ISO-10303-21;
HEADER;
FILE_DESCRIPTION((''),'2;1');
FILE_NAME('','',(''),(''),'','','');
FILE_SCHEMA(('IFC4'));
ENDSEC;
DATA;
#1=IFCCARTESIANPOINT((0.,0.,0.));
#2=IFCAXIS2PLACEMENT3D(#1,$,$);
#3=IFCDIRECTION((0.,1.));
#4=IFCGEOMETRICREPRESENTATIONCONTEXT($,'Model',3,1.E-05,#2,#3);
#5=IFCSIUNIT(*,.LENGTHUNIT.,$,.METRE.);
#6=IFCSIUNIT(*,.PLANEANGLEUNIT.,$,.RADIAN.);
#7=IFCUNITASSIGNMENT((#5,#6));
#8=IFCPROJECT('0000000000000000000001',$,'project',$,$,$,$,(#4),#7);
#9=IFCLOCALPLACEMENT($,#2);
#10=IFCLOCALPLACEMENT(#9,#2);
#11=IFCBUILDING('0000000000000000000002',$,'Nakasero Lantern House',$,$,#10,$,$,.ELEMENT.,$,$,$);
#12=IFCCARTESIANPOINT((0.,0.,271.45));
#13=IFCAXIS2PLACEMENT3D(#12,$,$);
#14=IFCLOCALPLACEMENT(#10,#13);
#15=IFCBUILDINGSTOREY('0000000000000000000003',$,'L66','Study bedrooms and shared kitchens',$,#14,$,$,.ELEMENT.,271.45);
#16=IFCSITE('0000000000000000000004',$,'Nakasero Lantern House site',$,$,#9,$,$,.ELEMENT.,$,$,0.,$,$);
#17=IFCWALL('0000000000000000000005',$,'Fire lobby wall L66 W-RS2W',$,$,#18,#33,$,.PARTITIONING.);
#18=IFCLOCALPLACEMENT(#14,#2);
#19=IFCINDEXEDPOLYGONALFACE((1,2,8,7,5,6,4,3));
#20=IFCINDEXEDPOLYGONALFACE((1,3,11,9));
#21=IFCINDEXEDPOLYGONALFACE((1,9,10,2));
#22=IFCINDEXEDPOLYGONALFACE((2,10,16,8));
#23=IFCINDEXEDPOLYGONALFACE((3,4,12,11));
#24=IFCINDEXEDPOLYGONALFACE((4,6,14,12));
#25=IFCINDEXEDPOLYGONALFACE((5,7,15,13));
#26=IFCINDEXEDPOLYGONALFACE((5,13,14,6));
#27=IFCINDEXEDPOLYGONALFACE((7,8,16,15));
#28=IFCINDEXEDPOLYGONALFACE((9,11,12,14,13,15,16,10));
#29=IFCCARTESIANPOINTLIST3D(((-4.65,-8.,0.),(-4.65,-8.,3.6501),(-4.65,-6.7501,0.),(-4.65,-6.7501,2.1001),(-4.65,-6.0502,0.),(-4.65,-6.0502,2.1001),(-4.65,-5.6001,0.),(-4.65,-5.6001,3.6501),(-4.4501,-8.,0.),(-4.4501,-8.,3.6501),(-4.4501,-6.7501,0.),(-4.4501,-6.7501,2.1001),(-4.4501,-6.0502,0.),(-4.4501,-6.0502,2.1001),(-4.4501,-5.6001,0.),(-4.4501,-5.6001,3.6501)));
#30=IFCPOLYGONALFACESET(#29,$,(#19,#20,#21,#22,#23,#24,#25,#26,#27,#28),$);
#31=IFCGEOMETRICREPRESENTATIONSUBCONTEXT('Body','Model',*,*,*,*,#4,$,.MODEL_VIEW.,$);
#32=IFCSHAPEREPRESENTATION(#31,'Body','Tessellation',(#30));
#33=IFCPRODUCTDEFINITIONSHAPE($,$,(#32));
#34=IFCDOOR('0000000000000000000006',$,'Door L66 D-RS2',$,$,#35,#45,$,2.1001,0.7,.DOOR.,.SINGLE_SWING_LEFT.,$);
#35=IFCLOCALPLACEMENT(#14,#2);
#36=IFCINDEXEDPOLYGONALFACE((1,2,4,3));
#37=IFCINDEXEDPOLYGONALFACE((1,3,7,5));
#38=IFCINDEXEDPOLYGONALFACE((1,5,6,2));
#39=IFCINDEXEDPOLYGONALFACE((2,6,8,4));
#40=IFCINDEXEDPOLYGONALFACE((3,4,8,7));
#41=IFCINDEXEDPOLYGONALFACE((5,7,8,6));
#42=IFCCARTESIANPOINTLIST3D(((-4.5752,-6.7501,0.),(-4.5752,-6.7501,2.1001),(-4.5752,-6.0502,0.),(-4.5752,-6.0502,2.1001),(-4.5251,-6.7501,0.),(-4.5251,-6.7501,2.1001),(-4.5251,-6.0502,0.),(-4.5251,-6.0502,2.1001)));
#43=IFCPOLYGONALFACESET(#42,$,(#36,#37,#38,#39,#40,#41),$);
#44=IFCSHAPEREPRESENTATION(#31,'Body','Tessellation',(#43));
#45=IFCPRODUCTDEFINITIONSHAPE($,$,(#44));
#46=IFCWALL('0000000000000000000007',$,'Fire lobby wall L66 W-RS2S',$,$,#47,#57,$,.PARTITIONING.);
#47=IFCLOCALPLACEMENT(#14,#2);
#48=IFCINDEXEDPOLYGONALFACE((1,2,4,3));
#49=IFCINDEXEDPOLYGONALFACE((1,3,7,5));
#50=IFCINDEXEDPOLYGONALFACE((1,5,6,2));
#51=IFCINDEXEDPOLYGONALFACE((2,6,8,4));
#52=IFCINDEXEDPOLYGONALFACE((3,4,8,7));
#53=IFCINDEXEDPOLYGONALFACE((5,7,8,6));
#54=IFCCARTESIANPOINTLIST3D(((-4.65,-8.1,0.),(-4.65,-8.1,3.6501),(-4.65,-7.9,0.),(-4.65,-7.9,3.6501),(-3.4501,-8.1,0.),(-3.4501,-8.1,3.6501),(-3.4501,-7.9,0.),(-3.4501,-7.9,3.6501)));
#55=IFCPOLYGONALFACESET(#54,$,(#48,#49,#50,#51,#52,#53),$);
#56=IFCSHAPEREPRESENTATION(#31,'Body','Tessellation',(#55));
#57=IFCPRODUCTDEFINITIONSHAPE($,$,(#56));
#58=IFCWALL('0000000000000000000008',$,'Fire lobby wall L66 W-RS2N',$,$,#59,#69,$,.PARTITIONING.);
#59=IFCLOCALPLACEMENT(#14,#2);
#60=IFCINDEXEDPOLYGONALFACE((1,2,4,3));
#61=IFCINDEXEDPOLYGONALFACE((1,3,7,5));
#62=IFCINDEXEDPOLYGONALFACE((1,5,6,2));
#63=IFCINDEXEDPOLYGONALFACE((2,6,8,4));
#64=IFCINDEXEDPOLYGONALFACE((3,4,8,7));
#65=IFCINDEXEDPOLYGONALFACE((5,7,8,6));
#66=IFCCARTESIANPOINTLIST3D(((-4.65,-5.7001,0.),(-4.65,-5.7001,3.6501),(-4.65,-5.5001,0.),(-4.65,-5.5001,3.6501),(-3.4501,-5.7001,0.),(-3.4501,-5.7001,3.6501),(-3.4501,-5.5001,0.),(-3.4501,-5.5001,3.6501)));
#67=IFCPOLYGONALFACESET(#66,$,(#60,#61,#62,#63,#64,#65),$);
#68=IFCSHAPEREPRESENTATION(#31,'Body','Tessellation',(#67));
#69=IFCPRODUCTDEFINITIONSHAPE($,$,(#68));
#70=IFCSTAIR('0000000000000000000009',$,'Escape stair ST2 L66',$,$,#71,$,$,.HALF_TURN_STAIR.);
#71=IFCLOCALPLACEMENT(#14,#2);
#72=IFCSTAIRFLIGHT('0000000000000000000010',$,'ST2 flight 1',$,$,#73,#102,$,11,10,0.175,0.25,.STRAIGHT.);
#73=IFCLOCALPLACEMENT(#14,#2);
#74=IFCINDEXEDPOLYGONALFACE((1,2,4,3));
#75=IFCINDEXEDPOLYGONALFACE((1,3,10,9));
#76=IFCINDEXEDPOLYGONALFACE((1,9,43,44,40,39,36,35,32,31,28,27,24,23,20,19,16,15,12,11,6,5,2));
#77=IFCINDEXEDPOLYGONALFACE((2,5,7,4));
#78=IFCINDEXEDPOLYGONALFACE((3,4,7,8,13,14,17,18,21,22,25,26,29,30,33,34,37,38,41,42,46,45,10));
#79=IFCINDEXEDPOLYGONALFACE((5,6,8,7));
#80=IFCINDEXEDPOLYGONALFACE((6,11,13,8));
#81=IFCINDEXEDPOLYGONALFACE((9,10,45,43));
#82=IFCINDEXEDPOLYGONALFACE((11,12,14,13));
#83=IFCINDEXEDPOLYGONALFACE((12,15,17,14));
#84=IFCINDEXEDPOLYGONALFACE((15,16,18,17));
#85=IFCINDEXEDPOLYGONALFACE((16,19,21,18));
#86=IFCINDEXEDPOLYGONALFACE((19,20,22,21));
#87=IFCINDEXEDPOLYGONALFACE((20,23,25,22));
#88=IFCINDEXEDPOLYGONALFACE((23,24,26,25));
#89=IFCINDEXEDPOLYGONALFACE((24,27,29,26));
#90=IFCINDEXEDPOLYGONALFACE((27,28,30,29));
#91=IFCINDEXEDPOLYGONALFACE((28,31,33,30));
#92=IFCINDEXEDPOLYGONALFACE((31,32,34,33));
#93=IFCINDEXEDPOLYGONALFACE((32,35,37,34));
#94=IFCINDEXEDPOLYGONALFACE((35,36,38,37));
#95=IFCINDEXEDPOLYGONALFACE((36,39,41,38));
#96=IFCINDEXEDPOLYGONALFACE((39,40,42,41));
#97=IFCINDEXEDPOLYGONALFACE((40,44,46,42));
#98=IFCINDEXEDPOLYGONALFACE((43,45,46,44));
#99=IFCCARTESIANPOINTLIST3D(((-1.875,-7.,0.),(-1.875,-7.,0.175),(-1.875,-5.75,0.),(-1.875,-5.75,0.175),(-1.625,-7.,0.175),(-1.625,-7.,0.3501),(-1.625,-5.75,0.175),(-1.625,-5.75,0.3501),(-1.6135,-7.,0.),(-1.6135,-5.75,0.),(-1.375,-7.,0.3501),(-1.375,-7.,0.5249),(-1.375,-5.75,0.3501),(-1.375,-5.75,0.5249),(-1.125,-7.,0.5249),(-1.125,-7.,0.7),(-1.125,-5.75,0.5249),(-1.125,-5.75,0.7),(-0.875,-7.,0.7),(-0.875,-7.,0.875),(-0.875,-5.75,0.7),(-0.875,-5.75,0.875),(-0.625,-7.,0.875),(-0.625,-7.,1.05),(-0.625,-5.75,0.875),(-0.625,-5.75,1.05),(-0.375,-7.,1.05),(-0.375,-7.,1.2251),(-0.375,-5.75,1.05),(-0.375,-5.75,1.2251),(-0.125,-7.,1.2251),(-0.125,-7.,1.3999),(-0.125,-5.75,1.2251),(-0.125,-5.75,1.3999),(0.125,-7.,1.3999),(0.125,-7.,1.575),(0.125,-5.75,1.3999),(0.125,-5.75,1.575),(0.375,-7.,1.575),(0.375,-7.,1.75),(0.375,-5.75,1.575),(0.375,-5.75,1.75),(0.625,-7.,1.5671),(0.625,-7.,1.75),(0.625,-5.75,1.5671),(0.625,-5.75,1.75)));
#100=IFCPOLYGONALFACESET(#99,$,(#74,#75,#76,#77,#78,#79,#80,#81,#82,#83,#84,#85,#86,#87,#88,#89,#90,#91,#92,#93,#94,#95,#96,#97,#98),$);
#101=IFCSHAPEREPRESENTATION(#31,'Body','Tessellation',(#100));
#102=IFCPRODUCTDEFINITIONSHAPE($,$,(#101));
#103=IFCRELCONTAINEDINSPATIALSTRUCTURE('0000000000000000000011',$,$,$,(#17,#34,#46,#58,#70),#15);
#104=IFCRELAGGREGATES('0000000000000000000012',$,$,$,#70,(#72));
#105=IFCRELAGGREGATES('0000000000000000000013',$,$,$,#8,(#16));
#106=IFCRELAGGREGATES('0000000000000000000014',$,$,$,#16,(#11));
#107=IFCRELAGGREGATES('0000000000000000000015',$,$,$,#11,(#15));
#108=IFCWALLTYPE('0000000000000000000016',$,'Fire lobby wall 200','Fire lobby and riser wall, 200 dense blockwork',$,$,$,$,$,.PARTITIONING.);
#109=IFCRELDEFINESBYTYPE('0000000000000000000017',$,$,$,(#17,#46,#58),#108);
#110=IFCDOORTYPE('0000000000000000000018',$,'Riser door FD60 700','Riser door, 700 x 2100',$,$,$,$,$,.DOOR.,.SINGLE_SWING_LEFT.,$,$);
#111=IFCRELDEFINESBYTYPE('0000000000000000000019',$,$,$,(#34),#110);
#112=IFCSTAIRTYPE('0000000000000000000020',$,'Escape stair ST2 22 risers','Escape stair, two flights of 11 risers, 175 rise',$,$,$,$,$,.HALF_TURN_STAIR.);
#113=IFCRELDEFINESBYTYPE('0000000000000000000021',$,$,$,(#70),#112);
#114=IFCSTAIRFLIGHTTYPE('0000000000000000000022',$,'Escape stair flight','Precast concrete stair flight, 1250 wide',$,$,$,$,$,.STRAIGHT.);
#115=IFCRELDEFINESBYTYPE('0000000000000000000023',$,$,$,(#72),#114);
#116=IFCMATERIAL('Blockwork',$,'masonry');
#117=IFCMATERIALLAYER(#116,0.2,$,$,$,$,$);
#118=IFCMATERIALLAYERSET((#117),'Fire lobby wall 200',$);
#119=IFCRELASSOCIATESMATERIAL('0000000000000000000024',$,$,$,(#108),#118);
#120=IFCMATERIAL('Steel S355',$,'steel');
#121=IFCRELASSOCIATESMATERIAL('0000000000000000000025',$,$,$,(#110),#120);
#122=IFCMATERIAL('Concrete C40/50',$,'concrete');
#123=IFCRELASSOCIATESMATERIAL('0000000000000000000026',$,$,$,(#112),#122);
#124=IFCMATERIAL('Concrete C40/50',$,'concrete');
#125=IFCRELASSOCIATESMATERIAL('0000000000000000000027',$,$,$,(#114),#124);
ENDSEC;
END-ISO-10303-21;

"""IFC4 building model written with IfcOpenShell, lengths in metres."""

from ifc_helpers import new_model, si_unit, direction, frame, frame_2d, origin, place, context, subcontext, project, spatial, polyline, rectangle, outline, extrude, material, layer, layer_set, type_object, element, fill, aggregate, save


model = new_model("IFC4")

# Units and contexts
model_context = context("Model", 3, precision=1e-05, world=origin(), true_north=direction((0.0, 1.0)))
body_context = subcontext(model_context, "Body", "Model", "MODEL_VIEW")
ifc_project = project(units=[si_unit("LENGTHUNIT", "METRE"), si_unit("PLANEANGLEUNIT", "RADIAN")], contexts=[model_context])

# Site, building, storey
site_placement = place(None, origin())
site = spatial("IfcSite", under=ifc_project, at=site_placement, Name="Nakasero Lantern House site", CompositionType="ELEMENT", RefElevation=0.0)
building_placement = place(site_placement, origin())
building = spatial("IfcBuilding", under=site, at=building_placement, Name="Nakasero Lantern House", CompositionType="ELEMENT")
storey_placement = place(building_placement, frame((0.0, 0.0, 271.45)))
storey = spatial("IfcBuildingStorey", under=building, at=storey_placement, Name="L66", Description="Study bedrooms and shared kitchens", CompositionType="ELEMENT", Elevation=271.45)

# Wall, opening, door
ifc_material_1 = material(Name="Blockwork", Category="masonry")
ifc_layer_1 = layer(ifc_material_1, 0.2)
ifc_layer_set_1 = layer_set([ifc_layer_1], Name="Fire lobby wall 200")
wall_type_1 = type_object("IfcWallType", Name="Fire lobby wall 200", Description="Fire lobby and riser wall, 200 dense blockwork", PredefinedType="PARTITIONING", material=ifc_layer_set_1)
wall_1_placement = place(storey_placement, frame((-4.55, -5.6001, 0.0), z_axis=(0.0, 0.0, 1.0), x_axis=(0.0, -1.0, 0.0)))
wall_1 = element("IfcWall", 1, at=wall_1_placement, inside=storey, type_object=wall_type_1, Name="Fire lobby wall L66 W-RS2W", PredefinedType="PARTITIONING", context=body_context, shape_type="SweptSolid", body=[
    extrude(rectangle(XDim=2.3999, YDim=0.2, at=frame_2d((1.2, 0.0))), origin(), (0.0, 0.0, 1.0), 3.6501),
])
opening_1_placement = place(wall_1_placement, frame((0.45, 0.0, 0.0)))
opening_1 = element("IfcOpeningElement", 2, at=opening_1_placement, cuts=wall_1, PredefinedType="OPENING", context=body_context, shape_type="SweptSolid", body=[
    extrude(rectangle(XDim=0.7, YDim=2.1001, at=frame_2d((0.3501, 1.05))), frame((0.0, 0.1199, 0.0), z_axis=(0.0, -1.0, 0.0), x_axis=(1.0, 0.0, 0.0)), (0.0, 0.0, 1.0), 0.24),
])
ifc_material_2 = material(Name="Steel S355", Category="steel")
door_type_1 = type_object("IfcDoorType", Name="Riser door FD60 700", Description="Riser door, 700 x 2100", OperationType="SINGLE_SWING_LEFT", PredefinedType="DOOR", material=ifc_material_2)
door_1_placement = place(opening_1_placement, origin())
door_1 = element("IfcDoor", 3, at=door_1_placement, inside=storey, type_object=door_type_1, Name="Door L66 D-RS2", OperationType="SINGLE_SWING_LEFT", OverallHeight=2.1001, OverallWidth=0.7, PredefinedType="DOOR", context=body_context, shape_type="SweptSolid", body=[
    extrude(rectangle(XDim=0.7, YDim=2.1001, at=frame_2d((0.3501, 1.05))), frame((0.0, 0.0249, 0.0), z_axis=(0.0, -1.0, 0.0), x_axis=(1.0, 0.0, 0.0)), (0.0, 0.0, 1.0), 0.05),
])
fill(opening_1, door_1)

# Walls
for number, where, z_axis, x_axis, name in (
    (4, (-3.45, -8.0, 0.0), (0.0, 0.0, 1.0), (-1.0, 0.0, 0.0), "Fire lobby wall L66 W-RS2S"),
    (5, (-3.45, -5.6001, 0.0), (0.0, 0.0, 1.0), (-1.0, 0.0, 0.0), "Fire lobby wall L66 W-RS2N"),
):
    element("IfcWall", number, at=place(storey_placement, frame(where, z_axis=z_axis, x_axis=x_axis)), inside=storey, type_object=wall_type_1, Name=name, PredefinedType="PARTITIONING", context=body_context, shape_type="SweptSolid", body=[
        extrude(rectangle(XDim=1.2, YDim=0.2, at=frame_2d((0.6001, 0.0))), origin(), (0.0, 0.0, 1.0), 3.6501),
    ])

# Stair, stair flight
ifc_material_3 = material(Name="Concrete C40/50", Category="concrete")
stair_type = type_object("IfcStairType", Name="Escape stair ST2 22 risers", Description="Escape stair, two flights of 11 risers, 175 rise", PredefinedType="HALF_TURN_STAIR", material=ifc_material_3)
stair_placement = place(storey_placement, origin())
stair = element("IfcStair", 6, at=stair_placement, inside=storey, type_object=stair_type, Name="Escape stair ST2 L66", PredefinedType="HALF_TURN_STAIR")
ifc_material_4 = material(Name="Concrete C40/50", Category="concrete")
stair_flight_type = type_object("IfcStairFlightType", Name="Escape stair flight", Description="Precast concrete stair flight, 1250 wide", PredefinedType="STRAIGHT", material=ifc_material_4)
stair_flight_placement = place(storey_placement, frame((-1.875, -6.375, 0.0), z_axis=(0.0, 0.0, 1.0), x_axis=(1.0, 0.0, 0.0)))
stair_flight = element("IfcStairFlight", 7, at=stair_flight_placement, type_object=stair_flight_type, Name="ST2 flight 1", NumberOfRisers=11, NumberOfTreads=10, PredefinedType="STRAIGHT", RiserHeight=0.175, TreadLength=0.25, context=body_context, shape_type="SweptSolid", body=[
    extrude(outline(polyline([(0.0, 0.0), (0.0, 0.175), (0.25, 0.175), (0.25, 0.3501), (0.5, 0.3501), (0.5, 0.5249), (0.75, 0.5249), (0.75, 0.7), (1.0, 0.7), (1.0, 0.875), (1.25, 0.875), (1.25, 1.05), (1.5, 1.05), (1.5, 1.2251), (1.75, 1.2251), (1.75, 1.3999), (2.0, 1.3999), (2.0, 1.575), (2.25, 1.575), (2.25, 1.75), (2.5, 1.75), (2.5, 1.925), (2.5, 1.5671), (0.2615, 0.0), (0.0, 0.0)])), frame((0.0, 0.625, 0.0), z_axis=(0.0, -1.0, 0.0), x_axis=(1.0, 0.0, 0.0)), (0.0, 0.0, 1.0), 1.25),
])
aggregate(stair, [stair_flight])

save(model, "model.ifc")
